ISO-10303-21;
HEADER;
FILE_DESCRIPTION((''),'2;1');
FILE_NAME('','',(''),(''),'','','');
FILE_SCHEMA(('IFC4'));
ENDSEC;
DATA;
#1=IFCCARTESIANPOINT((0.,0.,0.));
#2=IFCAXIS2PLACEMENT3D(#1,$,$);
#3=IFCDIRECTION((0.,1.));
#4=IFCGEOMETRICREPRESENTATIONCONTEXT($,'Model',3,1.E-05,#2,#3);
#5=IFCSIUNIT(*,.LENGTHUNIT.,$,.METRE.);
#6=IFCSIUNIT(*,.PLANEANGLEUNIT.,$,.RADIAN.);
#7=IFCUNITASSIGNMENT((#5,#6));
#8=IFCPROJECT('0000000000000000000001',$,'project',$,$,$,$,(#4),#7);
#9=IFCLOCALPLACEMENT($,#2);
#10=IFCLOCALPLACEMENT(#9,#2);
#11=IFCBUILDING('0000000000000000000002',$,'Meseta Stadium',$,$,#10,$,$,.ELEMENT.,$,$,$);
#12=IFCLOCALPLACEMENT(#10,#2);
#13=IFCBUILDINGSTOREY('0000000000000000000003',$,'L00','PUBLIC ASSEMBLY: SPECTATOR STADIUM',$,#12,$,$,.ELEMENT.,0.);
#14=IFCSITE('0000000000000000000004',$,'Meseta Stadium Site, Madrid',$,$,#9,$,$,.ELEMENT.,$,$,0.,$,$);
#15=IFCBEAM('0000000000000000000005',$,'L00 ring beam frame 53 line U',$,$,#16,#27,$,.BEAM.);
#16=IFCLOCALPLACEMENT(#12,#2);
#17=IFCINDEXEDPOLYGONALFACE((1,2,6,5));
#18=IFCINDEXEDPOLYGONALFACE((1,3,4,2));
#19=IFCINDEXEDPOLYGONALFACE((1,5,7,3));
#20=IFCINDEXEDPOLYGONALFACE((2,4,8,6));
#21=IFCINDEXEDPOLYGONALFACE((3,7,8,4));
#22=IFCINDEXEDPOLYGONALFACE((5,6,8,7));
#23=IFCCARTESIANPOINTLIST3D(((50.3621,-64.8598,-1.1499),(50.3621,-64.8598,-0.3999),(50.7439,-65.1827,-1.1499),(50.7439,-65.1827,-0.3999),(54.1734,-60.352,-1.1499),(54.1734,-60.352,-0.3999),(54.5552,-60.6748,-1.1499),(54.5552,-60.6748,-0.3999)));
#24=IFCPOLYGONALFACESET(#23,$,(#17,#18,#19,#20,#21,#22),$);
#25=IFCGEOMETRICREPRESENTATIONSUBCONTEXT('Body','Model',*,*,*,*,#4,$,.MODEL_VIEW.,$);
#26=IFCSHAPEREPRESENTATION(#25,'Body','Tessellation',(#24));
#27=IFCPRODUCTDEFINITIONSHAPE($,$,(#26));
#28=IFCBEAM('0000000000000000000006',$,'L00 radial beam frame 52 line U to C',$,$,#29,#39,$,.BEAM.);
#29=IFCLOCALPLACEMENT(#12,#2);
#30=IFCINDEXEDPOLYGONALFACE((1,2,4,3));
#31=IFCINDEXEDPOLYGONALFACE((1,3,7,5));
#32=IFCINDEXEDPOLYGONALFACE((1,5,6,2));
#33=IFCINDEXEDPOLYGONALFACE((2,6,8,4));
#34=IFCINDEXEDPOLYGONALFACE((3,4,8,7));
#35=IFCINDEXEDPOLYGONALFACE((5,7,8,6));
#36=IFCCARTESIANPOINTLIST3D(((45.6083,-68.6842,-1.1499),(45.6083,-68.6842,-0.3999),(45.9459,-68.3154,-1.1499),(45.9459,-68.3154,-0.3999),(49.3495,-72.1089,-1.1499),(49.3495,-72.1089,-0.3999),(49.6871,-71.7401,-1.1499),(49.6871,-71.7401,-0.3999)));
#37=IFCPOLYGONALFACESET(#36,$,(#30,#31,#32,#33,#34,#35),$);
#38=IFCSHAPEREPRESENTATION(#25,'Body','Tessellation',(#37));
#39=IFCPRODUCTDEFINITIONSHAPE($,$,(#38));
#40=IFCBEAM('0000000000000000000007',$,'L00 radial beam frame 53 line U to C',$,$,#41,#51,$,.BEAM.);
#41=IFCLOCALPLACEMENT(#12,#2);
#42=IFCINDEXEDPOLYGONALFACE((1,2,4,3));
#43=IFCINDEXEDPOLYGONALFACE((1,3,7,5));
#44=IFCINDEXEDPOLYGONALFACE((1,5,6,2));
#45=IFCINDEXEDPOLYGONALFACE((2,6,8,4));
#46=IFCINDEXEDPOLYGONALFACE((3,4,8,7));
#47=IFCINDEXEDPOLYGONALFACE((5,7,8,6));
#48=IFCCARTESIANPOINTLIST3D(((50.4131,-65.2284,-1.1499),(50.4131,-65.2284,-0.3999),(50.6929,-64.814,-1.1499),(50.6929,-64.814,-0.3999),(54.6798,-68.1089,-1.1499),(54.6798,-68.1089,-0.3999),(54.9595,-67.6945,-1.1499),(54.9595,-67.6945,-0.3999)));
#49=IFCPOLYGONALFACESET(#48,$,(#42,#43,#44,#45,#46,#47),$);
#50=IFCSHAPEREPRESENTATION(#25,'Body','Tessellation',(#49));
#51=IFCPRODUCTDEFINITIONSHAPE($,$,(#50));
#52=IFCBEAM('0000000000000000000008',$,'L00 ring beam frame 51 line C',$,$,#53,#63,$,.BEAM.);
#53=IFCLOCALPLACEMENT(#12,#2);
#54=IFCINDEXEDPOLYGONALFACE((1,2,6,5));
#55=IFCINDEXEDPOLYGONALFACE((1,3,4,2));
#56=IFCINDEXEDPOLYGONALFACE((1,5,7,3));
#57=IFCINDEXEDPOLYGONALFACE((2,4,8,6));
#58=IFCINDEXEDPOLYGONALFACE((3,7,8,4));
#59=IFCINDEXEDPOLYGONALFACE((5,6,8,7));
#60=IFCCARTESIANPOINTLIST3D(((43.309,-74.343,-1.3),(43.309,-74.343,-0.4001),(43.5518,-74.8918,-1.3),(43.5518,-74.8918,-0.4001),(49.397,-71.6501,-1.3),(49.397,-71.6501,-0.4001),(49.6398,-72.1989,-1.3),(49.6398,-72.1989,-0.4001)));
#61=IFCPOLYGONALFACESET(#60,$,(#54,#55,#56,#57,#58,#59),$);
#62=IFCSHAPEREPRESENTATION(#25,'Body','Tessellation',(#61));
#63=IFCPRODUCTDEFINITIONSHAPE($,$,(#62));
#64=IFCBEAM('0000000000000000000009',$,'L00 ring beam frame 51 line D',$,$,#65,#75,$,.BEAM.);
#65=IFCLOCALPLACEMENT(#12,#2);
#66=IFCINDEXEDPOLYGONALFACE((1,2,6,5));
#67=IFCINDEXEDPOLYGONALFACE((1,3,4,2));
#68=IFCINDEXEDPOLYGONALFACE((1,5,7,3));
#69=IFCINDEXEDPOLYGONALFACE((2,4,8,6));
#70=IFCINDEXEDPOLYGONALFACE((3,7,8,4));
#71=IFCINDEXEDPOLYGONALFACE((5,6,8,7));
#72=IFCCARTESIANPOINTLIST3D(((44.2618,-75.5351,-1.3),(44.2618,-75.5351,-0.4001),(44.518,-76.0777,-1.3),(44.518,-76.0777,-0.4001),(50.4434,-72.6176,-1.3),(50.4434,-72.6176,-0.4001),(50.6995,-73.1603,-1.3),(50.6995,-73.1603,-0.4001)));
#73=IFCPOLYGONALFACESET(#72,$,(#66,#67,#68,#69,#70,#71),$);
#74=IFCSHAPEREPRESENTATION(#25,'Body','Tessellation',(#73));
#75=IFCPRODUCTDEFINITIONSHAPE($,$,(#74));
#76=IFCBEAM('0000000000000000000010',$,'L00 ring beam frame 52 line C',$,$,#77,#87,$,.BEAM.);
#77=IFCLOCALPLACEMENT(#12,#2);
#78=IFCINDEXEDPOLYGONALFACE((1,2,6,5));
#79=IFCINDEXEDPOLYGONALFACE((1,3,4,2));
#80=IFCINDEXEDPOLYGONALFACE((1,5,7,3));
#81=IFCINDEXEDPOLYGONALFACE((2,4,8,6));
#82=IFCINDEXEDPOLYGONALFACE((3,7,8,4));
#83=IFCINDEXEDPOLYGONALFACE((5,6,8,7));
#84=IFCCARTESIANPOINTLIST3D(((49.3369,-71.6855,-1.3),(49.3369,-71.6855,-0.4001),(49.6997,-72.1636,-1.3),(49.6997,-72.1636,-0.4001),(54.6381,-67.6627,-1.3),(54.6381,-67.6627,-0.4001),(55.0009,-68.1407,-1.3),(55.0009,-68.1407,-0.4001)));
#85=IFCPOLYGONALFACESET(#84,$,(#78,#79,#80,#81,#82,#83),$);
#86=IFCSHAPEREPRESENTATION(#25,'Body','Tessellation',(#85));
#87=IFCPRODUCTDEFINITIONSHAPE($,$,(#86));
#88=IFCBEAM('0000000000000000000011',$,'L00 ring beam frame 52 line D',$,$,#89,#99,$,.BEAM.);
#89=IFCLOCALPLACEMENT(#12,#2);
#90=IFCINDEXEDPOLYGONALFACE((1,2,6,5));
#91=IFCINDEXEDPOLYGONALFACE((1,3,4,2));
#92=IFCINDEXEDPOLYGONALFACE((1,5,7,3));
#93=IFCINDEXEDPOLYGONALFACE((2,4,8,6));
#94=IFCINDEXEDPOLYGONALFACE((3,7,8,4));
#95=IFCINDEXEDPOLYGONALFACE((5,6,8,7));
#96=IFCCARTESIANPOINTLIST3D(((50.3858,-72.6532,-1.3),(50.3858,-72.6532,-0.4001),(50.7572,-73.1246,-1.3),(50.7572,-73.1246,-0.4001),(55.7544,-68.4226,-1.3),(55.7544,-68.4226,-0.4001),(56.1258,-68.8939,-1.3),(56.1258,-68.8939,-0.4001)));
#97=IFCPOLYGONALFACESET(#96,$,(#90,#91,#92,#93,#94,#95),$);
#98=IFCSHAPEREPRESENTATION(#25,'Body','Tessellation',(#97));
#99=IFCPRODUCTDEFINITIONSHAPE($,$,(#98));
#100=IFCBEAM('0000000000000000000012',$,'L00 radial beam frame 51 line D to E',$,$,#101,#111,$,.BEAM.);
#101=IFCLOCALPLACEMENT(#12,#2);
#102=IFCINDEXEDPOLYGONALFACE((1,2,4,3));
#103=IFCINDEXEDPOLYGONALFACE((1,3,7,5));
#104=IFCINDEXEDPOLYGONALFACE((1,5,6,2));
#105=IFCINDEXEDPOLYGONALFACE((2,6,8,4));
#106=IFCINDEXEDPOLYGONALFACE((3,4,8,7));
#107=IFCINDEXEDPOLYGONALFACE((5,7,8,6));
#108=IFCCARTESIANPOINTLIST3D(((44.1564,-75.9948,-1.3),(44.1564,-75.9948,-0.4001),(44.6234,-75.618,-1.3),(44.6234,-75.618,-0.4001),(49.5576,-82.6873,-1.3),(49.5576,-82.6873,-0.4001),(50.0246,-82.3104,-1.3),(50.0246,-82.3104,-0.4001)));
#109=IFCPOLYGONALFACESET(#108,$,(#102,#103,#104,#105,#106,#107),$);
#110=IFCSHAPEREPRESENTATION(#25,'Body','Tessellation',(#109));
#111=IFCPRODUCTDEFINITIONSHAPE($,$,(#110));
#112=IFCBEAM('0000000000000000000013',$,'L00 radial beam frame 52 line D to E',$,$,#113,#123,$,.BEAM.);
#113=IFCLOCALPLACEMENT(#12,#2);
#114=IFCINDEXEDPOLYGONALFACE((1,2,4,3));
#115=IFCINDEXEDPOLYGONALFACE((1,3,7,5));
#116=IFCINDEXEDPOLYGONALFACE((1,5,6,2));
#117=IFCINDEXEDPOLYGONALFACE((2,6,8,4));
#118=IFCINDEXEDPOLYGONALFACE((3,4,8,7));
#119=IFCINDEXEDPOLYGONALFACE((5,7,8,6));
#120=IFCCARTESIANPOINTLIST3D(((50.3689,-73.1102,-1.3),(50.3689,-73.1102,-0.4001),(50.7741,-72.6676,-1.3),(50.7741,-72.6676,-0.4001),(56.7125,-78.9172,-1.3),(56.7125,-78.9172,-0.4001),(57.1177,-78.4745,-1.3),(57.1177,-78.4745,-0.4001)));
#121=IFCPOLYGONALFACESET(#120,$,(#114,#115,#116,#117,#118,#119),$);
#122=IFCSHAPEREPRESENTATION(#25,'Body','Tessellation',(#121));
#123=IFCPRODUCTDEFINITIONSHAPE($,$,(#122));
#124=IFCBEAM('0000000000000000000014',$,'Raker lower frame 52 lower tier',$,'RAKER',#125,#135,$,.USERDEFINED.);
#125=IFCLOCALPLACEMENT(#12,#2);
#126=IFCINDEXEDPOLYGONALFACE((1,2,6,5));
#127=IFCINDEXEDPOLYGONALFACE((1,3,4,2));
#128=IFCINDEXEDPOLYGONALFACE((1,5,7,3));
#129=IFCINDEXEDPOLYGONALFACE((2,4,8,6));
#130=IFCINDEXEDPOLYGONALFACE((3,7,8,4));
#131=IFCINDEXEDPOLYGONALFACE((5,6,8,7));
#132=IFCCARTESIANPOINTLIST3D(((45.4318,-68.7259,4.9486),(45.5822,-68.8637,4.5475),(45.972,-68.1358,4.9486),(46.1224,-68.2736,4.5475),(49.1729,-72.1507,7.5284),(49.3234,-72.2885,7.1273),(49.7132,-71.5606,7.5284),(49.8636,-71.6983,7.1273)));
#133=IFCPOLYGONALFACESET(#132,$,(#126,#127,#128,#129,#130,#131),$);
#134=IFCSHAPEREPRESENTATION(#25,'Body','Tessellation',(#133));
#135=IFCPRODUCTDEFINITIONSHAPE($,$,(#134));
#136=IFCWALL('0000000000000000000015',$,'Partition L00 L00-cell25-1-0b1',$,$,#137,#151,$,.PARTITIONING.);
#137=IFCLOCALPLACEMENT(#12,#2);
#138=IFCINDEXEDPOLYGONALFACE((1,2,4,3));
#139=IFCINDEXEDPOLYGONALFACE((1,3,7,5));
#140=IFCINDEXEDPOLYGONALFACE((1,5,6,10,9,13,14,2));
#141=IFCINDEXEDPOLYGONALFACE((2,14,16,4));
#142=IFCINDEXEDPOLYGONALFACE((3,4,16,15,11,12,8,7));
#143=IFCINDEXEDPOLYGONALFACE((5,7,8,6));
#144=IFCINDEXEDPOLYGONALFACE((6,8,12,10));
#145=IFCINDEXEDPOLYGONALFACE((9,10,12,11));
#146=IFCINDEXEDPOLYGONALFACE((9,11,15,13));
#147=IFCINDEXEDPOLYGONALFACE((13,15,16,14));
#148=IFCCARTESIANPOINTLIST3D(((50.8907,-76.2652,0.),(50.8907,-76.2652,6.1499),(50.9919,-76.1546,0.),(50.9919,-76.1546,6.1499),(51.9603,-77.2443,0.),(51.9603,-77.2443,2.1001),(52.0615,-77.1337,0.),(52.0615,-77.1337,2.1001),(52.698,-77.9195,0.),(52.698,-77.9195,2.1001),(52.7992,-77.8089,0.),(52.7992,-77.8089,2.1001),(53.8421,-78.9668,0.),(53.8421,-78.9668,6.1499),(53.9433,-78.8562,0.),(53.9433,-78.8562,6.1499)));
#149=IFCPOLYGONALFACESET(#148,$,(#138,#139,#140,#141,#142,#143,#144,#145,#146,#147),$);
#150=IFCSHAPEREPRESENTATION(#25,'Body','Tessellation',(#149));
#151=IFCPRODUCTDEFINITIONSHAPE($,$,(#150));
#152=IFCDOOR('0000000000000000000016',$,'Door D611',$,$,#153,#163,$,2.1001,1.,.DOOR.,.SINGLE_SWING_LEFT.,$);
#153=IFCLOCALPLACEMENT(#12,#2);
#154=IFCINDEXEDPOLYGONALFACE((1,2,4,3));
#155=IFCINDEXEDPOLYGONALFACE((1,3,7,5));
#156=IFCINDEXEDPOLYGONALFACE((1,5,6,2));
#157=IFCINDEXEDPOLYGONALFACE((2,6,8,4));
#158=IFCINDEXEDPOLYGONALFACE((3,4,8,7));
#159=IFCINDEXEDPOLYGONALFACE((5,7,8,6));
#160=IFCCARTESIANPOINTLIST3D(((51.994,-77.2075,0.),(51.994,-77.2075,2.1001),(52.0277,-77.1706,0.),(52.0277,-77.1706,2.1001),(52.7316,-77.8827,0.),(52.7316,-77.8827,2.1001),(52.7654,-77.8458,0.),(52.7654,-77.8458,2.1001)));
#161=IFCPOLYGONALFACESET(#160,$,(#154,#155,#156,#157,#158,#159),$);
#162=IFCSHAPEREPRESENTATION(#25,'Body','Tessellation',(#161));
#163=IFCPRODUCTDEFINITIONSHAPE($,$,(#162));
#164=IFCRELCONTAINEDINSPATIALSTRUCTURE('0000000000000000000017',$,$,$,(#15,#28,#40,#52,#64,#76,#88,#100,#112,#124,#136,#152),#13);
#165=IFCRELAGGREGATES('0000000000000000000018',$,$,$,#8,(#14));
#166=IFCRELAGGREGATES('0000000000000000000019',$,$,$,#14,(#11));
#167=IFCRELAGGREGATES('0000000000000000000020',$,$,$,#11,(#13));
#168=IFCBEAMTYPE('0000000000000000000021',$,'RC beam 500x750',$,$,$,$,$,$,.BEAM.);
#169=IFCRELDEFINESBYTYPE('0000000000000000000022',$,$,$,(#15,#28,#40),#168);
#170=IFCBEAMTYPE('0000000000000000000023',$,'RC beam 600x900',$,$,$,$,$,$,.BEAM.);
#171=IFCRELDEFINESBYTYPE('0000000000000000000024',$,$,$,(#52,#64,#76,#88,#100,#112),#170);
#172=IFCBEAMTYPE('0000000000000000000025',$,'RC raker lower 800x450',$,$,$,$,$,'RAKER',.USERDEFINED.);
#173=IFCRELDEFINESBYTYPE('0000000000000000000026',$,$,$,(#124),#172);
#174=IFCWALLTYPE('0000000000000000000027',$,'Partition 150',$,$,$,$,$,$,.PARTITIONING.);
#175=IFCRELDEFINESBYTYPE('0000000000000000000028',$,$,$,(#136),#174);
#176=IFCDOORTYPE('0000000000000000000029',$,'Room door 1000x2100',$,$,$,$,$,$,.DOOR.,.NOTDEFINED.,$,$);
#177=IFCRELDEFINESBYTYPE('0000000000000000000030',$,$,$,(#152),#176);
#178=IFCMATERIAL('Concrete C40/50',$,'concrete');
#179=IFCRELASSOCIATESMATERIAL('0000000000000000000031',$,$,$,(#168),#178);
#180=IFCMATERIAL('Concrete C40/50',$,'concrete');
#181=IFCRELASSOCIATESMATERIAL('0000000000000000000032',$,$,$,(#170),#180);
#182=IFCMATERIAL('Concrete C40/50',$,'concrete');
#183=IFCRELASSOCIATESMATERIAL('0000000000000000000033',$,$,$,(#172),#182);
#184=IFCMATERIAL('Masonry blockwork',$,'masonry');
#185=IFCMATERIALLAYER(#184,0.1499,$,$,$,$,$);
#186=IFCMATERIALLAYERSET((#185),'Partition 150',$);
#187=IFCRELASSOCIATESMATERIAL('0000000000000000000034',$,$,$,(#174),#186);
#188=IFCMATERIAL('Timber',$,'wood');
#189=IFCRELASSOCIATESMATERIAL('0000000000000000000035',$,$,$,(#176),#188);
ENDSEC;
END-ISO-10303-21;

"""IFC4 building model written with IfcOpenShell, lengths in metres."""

from ifc_helpers import new_model, si_unit, direction, frame, frame_2d, origin, origin_2d, place, context, subcontext, project, spatial, rectangle, extrude, material, layer, layer_set, material_profile, profile_set, type_object, element, fill, save


model = new_model("IFC4")

# Units and contexts
model_context = context("Model", 3, precision=1e-05, world=origin(), true_north=direction((0.0, 1.0)))
body_context = subcontext(model_context, "Body", "Model", "MODEL_VIEW")
ifc_project = project(units=[si_unit("LENGTHUNIT", "METRE"), si_unit("PLANEANGLEUNIT", "RADIAN")], contexts=[model_context])

# Site, building, storey
site_placement = place(None, origin())
site = spatial("IfcSite", under=ifc_project, at=site_placement, Name="Meseta Stadium Site, Madrid", CompositionType="ELEMENT", RefElevation=0.0)
building_placement = place(site_placement, origin())
building = spatial("IfcBuilding", under=site, at=building_placement, Name="Meseta Stadium", CompositionType="ELEMENT")
storey_placement = place(building_placement, origin())
storey = spatial("IfcBuildingStorey", under=building, at=storey_placement, Name="L00", Description="PUBLIC ASSEMBLY: SPECTATOR STADIUM", CompositionType="ELEMENT", Elevation=0.0)

# Beams
ifc_material_1 = material(Name="Concrete C40/50", Category="concrete")
ifc_material_profile_1 = material_profile(ifc_material_1, rectangle(XDim=0.5, YDim=0.75, at=origin_2d()), Name="RC 500x750")
ifc_profile_set_1 = profile_set([ifc_material_profile_1], Name="Concrete C40/50")
beam_type_1 = type_object("IfcBeamType", Name="RC beam 500x750", PredefinedType="BEAM", material=ifc_profile_set_1)
beam_1_placement = place(storey_placement, frame((50.553, -65.0212, -0.7749), z_axis=(0.645644, 0.763639, 0.0), x_axis=(-0.763639, 0.645644, 0.0)))
element("IfcBeam", 1, at=beam_1_placement, inside=storey, type_object=beam_type_1, Name="L00 ring beam frame 53 line U", PredefinedType="BEAM", context=body_context, shape_type="SweptSolid", body=[
    extrude(rectangle(XDim=0.5, YDim=0.75, at=origin_2d()), origin(), (0.0, 0.0, 1.0), 5.9031),
])
beam_2_placement = place(storey_placement, frame((45.7771, -68.4998, -0.7749), z_axis=(0.73761, -0.675228, 0.0), x_axis=(0.675228, 0.73761, 0.0)))
element("IfcBeam", 2, at=beam_2_placement, inside=storey, type_object=beam_type_1, Name="L00 radial beam frame 52 line U to C", PredefinedType="BEAM", context=body_context, shape_type="SweptSolid", body=[
    extrude(rectangle(XDim=0.5, YDim=0.75, at=origin_2d()), origin(), (0.0, 0.0, 1.0), 5.072),
])
beam_3_placement = place(storey_placement, frame((50.553, -65.0212, -0.7749), z_axis=(0.828811, -0.559528, 0.0), x_axis=(0.559528, 0.828811, 0.0)))
element("IfcBeam", 3, at=beam_3_placement, inside=storey, type_object=beam_type_1, Name="L00 radial beam frame 53 line U to C", PredefinedType="BEAM", context=body_context, shape_type="SweptSolid", body=[
    extrude(rectangle(XDim=0.5, YDim=0.75, at=origin_2d()), origin(), (0.0, 0.0, 1.0), 5.1479),
])
ifc_material_2 = material(Name="Concrete C40/50", Category="concrete")
ifc_material_profile_2 = material_profile(ifc_material_2, rectangle(XDim=0.6001, YDim=0.8999, at=origin_2d()), Name="RC 600x900")
ifc_profile_set_2 = profile_set([ifc_material_profile_2], Name="Concrete C40/50")
beam_type_2 = type_object("IfcBeamType", Name="RC beam 600x900", PredefinedType="BEAM", material=ifc_profile_set_2)
beam_4_placement = place(storey_placement, frame((43.4304, -74.6174, -0.8501), z_axis=(0.914527, 0.404525, 0.0), x_axis=(-0.404525, 0.914527, 0.0)))
element("IfcBeam", 4, at=beam_4_placement, inside=storey, type_object=beam_type_2, Name="L00 ring beam frame 51 line C", PredefinedType="BEAM", context=body_context, shape_type="SweptSolid", body=[
    extrude(rectangle(XDim=0.6001, YDim=0.8999, at=origin_2d()), origin(), (0.0, 0.0, 1.0), 6.657),
])
beam_5_placement = place(storey_placement, frame((44.3899, -75.8064, -0.8501), z_axis=(0.904341, 0.426812, 0.0), x_axis=(-0.426812, 0.904341, 0.0)))
element("IfcBeam", 5, at=beam_5_placement, inside=storey, type_object=beam_type_2, Name="L00 ring beam frame 51 line D", PredefinedType="BEAM", context=body_context, shape_type="SweptSolid", body=[
    extrude(rectangle(XDim=0.6001, YDim=0.8999, at=origin_2d()), origin(), (0.0, 0.0, 1.0), 6.8354),
])
beam_6_placement = place(storey_placement, frame((49.5183, -71.9246, -0.8501), z_axis=(0.796597, 0.60451, 0.0), x_axis=(-0.60451, 0.796597, 0.0)))
element("IfcBeam", 6, at=beam_6_placement, inside=storey, type_object=beam_type_2, Name="L00 ring beam frame 52 line C", PredefinedType="BEAM", context=body_context, shape_type="SweptSolid", body=[
    extrude(rectangle(XDim=0.6001, YDim=0.8999, at=origin_2d()), origin(), (0.0, 0.0, 1.0), 6.6548),
])
beam_7_placement = place(storey_placement, frame((50.5715, -72.8889, -0.8501), z_axis=(0.78543, 0.61895, 0.0), x_axis=(-0.61895, 0.78543, 0.0)))
element("IfcBeam", 7, at=beam_7_placement, inside=storey, type_object=beam_type_2, Name="L00 ring beam frame 52 line D", PredefinedType="BEAM", context=body_context, shape_type="SweptSolid", body=[
    extrude(rectangle(XDim=0.6001, YDim=0.8999, at=origin_2d()), origin(), (0.0, 0.0, 1.0), 6.8352),
])
for number, where, z_axis, x_axis, name in (
    (8, (44.3899, -75.8064, -0.8501), (0.628037, -0.778183, 0.0), (0.778183, 0.628037, 0.0), "L00 radial beam frame 51 line D to E"),
    (9, (50.5715, -72.8889, -0.8501), (0.737617, -0.675219, 0.0), (0.675219, 0.737617, 0.0), "L00 radial beam frame 52 line D to E"),
):
    element("IfcBeam", number, at=place(storey_placement, frame(where, z_axis=z_axis, x_axis=x_axis)), inside=storey, type_object=beam_type_2, Name=name, PredefinedType="BEAM", context=body_context, shape_type="SweptSolid", body=[
        extrude(rectangle(XDim=0.6001, YDim=0.8999, at=origin_2d()), origin(), (0.0, 0.0, 1.0), 8.6001),
    ])
ifc_material_3 = material(Name="Concrete C40/50", Category="concrete")
ifc_material_profile_3 = material_profile(ifc_material_3, rectangle(XDim=0.8, YDim=0.45, at=origin_2d()), Name="RC 800x450")
ifc_profile_set_3 = profile_set([ifc_material_profile_3], Name="Concrete C40/50")
beam_type_3 = type_object("IfcBeamType", Name="RC raker lower 800x450", ElementType="RAKER", PredefinedType="USERDEFINED", material=ifc_profile_set_3)
beam_8_placement = place(storey_placement, frame((45.7771, -68.4998, 4.748), z_axis=(0.657452, -0.601849, 0.45336), x_axis=(0.675228, 0.73761, 0.0)))
element("IfcBeam", 10, at=beam_8_placement, inside=storey, type_object=beam_type_3, Name="Raker lower frame 52 lower tier", ObjectType="RAKER", PredefinedType="USERDEFINED", context=body_context, shape_type="SweptSolid", body=[
    extrude(rectangle(XDim=0.8, YDim=0.45, at=origin_2d()), origin(), (0.0, 0.0, 1.0), 5.6904),
])

# Wall, opening, door
ifc_material_4 = material(Name="Masonry blockwork", Category="masonry")
ifc_layer = layer(ifc_material_4, 0.1499)
ifc_layer_set = layer_set([ifc_layer], Name="Partition 150")
wall_type = type_object("IfcWallType", Name="Partition 150", PredefinedType="PARTITIONING", material=ifc_layer_set)
wall_1_placement = place(storey_placement, frame((50.9414, -76.21, 0.0), z_axis=(0.0, 0.0, 1.0), x_axis=(0.737628, -0.675208, 0.0)))
wall_1 = element("IfcWall", 11, at=wall_1_placement, inside=storey, type_object=wall_type, Name="Partition L00 L00-cell25-1-0b1", PredefinedType="PARTITIONING", context=body_context, shape_type="SweptSolid", body=[
    extrude(rectangle(XDim=4.0012, YDim=0.1499, at=frame_2d((2.0005, 0.0))), origin(), (0.0, 0.0, 1.0), 6.1499),
])
opening_1_placement = place(wall_1_placement, frame((1.45, 0.0, 0.0)))
opening_1 = element("IfcOpeningElement", 12, at=opening_1_placement, cuts=wall_1, PredefinedType="OPENING", context=body_context, shape_type="SweptSolid", body=[
    extrude(rectangle(XDim=1.0, YDim=2.1001, at=frame_2d((0.5, 1.05))), frame((0.0, 0.085, 0.0), z_axis=(0.0, -1.0, 0.0), x_axis=(1.0, 0.0, 0.0)), (0.0, 0.0, 1.0), 0.1699),
])
ifc_material_5 = material(Name="Timber", Category="wood")
door_type_1 = type_object("IfcDoorType", Name="Room door 1000x2100", OperationType="NOTDEFINED", PredefinedType="DOOR", material=ifc_material_5)
door_1_placement = place(opening_1_placement, origin())
door_1 = element("IfcDoor", 13, at=door_1_placement, inside=storey, type_object=door_type_1, Name="Door D611", OperationType="SINGLE_SWING_LEFT", OverallHeight=2.1001, OverallWidth=1.0, PredefinedType="DOOR", context=body_context, shape_type="SweptSolid", body=[
    extrude(rectangle(XDim=1.0, YDim=2.1001, at=frame_2d((0.5, 1.05))), frame((0.0, 0.0249, 0.0), z_axis=(0.0, -1.0, 0.0), x_axis=(1.0, 0.0, 0.0)), (0.0, 0.0, 1.0), 0.05),
])
fill(opening_1, door_1)

save(model, "model.ifc")
